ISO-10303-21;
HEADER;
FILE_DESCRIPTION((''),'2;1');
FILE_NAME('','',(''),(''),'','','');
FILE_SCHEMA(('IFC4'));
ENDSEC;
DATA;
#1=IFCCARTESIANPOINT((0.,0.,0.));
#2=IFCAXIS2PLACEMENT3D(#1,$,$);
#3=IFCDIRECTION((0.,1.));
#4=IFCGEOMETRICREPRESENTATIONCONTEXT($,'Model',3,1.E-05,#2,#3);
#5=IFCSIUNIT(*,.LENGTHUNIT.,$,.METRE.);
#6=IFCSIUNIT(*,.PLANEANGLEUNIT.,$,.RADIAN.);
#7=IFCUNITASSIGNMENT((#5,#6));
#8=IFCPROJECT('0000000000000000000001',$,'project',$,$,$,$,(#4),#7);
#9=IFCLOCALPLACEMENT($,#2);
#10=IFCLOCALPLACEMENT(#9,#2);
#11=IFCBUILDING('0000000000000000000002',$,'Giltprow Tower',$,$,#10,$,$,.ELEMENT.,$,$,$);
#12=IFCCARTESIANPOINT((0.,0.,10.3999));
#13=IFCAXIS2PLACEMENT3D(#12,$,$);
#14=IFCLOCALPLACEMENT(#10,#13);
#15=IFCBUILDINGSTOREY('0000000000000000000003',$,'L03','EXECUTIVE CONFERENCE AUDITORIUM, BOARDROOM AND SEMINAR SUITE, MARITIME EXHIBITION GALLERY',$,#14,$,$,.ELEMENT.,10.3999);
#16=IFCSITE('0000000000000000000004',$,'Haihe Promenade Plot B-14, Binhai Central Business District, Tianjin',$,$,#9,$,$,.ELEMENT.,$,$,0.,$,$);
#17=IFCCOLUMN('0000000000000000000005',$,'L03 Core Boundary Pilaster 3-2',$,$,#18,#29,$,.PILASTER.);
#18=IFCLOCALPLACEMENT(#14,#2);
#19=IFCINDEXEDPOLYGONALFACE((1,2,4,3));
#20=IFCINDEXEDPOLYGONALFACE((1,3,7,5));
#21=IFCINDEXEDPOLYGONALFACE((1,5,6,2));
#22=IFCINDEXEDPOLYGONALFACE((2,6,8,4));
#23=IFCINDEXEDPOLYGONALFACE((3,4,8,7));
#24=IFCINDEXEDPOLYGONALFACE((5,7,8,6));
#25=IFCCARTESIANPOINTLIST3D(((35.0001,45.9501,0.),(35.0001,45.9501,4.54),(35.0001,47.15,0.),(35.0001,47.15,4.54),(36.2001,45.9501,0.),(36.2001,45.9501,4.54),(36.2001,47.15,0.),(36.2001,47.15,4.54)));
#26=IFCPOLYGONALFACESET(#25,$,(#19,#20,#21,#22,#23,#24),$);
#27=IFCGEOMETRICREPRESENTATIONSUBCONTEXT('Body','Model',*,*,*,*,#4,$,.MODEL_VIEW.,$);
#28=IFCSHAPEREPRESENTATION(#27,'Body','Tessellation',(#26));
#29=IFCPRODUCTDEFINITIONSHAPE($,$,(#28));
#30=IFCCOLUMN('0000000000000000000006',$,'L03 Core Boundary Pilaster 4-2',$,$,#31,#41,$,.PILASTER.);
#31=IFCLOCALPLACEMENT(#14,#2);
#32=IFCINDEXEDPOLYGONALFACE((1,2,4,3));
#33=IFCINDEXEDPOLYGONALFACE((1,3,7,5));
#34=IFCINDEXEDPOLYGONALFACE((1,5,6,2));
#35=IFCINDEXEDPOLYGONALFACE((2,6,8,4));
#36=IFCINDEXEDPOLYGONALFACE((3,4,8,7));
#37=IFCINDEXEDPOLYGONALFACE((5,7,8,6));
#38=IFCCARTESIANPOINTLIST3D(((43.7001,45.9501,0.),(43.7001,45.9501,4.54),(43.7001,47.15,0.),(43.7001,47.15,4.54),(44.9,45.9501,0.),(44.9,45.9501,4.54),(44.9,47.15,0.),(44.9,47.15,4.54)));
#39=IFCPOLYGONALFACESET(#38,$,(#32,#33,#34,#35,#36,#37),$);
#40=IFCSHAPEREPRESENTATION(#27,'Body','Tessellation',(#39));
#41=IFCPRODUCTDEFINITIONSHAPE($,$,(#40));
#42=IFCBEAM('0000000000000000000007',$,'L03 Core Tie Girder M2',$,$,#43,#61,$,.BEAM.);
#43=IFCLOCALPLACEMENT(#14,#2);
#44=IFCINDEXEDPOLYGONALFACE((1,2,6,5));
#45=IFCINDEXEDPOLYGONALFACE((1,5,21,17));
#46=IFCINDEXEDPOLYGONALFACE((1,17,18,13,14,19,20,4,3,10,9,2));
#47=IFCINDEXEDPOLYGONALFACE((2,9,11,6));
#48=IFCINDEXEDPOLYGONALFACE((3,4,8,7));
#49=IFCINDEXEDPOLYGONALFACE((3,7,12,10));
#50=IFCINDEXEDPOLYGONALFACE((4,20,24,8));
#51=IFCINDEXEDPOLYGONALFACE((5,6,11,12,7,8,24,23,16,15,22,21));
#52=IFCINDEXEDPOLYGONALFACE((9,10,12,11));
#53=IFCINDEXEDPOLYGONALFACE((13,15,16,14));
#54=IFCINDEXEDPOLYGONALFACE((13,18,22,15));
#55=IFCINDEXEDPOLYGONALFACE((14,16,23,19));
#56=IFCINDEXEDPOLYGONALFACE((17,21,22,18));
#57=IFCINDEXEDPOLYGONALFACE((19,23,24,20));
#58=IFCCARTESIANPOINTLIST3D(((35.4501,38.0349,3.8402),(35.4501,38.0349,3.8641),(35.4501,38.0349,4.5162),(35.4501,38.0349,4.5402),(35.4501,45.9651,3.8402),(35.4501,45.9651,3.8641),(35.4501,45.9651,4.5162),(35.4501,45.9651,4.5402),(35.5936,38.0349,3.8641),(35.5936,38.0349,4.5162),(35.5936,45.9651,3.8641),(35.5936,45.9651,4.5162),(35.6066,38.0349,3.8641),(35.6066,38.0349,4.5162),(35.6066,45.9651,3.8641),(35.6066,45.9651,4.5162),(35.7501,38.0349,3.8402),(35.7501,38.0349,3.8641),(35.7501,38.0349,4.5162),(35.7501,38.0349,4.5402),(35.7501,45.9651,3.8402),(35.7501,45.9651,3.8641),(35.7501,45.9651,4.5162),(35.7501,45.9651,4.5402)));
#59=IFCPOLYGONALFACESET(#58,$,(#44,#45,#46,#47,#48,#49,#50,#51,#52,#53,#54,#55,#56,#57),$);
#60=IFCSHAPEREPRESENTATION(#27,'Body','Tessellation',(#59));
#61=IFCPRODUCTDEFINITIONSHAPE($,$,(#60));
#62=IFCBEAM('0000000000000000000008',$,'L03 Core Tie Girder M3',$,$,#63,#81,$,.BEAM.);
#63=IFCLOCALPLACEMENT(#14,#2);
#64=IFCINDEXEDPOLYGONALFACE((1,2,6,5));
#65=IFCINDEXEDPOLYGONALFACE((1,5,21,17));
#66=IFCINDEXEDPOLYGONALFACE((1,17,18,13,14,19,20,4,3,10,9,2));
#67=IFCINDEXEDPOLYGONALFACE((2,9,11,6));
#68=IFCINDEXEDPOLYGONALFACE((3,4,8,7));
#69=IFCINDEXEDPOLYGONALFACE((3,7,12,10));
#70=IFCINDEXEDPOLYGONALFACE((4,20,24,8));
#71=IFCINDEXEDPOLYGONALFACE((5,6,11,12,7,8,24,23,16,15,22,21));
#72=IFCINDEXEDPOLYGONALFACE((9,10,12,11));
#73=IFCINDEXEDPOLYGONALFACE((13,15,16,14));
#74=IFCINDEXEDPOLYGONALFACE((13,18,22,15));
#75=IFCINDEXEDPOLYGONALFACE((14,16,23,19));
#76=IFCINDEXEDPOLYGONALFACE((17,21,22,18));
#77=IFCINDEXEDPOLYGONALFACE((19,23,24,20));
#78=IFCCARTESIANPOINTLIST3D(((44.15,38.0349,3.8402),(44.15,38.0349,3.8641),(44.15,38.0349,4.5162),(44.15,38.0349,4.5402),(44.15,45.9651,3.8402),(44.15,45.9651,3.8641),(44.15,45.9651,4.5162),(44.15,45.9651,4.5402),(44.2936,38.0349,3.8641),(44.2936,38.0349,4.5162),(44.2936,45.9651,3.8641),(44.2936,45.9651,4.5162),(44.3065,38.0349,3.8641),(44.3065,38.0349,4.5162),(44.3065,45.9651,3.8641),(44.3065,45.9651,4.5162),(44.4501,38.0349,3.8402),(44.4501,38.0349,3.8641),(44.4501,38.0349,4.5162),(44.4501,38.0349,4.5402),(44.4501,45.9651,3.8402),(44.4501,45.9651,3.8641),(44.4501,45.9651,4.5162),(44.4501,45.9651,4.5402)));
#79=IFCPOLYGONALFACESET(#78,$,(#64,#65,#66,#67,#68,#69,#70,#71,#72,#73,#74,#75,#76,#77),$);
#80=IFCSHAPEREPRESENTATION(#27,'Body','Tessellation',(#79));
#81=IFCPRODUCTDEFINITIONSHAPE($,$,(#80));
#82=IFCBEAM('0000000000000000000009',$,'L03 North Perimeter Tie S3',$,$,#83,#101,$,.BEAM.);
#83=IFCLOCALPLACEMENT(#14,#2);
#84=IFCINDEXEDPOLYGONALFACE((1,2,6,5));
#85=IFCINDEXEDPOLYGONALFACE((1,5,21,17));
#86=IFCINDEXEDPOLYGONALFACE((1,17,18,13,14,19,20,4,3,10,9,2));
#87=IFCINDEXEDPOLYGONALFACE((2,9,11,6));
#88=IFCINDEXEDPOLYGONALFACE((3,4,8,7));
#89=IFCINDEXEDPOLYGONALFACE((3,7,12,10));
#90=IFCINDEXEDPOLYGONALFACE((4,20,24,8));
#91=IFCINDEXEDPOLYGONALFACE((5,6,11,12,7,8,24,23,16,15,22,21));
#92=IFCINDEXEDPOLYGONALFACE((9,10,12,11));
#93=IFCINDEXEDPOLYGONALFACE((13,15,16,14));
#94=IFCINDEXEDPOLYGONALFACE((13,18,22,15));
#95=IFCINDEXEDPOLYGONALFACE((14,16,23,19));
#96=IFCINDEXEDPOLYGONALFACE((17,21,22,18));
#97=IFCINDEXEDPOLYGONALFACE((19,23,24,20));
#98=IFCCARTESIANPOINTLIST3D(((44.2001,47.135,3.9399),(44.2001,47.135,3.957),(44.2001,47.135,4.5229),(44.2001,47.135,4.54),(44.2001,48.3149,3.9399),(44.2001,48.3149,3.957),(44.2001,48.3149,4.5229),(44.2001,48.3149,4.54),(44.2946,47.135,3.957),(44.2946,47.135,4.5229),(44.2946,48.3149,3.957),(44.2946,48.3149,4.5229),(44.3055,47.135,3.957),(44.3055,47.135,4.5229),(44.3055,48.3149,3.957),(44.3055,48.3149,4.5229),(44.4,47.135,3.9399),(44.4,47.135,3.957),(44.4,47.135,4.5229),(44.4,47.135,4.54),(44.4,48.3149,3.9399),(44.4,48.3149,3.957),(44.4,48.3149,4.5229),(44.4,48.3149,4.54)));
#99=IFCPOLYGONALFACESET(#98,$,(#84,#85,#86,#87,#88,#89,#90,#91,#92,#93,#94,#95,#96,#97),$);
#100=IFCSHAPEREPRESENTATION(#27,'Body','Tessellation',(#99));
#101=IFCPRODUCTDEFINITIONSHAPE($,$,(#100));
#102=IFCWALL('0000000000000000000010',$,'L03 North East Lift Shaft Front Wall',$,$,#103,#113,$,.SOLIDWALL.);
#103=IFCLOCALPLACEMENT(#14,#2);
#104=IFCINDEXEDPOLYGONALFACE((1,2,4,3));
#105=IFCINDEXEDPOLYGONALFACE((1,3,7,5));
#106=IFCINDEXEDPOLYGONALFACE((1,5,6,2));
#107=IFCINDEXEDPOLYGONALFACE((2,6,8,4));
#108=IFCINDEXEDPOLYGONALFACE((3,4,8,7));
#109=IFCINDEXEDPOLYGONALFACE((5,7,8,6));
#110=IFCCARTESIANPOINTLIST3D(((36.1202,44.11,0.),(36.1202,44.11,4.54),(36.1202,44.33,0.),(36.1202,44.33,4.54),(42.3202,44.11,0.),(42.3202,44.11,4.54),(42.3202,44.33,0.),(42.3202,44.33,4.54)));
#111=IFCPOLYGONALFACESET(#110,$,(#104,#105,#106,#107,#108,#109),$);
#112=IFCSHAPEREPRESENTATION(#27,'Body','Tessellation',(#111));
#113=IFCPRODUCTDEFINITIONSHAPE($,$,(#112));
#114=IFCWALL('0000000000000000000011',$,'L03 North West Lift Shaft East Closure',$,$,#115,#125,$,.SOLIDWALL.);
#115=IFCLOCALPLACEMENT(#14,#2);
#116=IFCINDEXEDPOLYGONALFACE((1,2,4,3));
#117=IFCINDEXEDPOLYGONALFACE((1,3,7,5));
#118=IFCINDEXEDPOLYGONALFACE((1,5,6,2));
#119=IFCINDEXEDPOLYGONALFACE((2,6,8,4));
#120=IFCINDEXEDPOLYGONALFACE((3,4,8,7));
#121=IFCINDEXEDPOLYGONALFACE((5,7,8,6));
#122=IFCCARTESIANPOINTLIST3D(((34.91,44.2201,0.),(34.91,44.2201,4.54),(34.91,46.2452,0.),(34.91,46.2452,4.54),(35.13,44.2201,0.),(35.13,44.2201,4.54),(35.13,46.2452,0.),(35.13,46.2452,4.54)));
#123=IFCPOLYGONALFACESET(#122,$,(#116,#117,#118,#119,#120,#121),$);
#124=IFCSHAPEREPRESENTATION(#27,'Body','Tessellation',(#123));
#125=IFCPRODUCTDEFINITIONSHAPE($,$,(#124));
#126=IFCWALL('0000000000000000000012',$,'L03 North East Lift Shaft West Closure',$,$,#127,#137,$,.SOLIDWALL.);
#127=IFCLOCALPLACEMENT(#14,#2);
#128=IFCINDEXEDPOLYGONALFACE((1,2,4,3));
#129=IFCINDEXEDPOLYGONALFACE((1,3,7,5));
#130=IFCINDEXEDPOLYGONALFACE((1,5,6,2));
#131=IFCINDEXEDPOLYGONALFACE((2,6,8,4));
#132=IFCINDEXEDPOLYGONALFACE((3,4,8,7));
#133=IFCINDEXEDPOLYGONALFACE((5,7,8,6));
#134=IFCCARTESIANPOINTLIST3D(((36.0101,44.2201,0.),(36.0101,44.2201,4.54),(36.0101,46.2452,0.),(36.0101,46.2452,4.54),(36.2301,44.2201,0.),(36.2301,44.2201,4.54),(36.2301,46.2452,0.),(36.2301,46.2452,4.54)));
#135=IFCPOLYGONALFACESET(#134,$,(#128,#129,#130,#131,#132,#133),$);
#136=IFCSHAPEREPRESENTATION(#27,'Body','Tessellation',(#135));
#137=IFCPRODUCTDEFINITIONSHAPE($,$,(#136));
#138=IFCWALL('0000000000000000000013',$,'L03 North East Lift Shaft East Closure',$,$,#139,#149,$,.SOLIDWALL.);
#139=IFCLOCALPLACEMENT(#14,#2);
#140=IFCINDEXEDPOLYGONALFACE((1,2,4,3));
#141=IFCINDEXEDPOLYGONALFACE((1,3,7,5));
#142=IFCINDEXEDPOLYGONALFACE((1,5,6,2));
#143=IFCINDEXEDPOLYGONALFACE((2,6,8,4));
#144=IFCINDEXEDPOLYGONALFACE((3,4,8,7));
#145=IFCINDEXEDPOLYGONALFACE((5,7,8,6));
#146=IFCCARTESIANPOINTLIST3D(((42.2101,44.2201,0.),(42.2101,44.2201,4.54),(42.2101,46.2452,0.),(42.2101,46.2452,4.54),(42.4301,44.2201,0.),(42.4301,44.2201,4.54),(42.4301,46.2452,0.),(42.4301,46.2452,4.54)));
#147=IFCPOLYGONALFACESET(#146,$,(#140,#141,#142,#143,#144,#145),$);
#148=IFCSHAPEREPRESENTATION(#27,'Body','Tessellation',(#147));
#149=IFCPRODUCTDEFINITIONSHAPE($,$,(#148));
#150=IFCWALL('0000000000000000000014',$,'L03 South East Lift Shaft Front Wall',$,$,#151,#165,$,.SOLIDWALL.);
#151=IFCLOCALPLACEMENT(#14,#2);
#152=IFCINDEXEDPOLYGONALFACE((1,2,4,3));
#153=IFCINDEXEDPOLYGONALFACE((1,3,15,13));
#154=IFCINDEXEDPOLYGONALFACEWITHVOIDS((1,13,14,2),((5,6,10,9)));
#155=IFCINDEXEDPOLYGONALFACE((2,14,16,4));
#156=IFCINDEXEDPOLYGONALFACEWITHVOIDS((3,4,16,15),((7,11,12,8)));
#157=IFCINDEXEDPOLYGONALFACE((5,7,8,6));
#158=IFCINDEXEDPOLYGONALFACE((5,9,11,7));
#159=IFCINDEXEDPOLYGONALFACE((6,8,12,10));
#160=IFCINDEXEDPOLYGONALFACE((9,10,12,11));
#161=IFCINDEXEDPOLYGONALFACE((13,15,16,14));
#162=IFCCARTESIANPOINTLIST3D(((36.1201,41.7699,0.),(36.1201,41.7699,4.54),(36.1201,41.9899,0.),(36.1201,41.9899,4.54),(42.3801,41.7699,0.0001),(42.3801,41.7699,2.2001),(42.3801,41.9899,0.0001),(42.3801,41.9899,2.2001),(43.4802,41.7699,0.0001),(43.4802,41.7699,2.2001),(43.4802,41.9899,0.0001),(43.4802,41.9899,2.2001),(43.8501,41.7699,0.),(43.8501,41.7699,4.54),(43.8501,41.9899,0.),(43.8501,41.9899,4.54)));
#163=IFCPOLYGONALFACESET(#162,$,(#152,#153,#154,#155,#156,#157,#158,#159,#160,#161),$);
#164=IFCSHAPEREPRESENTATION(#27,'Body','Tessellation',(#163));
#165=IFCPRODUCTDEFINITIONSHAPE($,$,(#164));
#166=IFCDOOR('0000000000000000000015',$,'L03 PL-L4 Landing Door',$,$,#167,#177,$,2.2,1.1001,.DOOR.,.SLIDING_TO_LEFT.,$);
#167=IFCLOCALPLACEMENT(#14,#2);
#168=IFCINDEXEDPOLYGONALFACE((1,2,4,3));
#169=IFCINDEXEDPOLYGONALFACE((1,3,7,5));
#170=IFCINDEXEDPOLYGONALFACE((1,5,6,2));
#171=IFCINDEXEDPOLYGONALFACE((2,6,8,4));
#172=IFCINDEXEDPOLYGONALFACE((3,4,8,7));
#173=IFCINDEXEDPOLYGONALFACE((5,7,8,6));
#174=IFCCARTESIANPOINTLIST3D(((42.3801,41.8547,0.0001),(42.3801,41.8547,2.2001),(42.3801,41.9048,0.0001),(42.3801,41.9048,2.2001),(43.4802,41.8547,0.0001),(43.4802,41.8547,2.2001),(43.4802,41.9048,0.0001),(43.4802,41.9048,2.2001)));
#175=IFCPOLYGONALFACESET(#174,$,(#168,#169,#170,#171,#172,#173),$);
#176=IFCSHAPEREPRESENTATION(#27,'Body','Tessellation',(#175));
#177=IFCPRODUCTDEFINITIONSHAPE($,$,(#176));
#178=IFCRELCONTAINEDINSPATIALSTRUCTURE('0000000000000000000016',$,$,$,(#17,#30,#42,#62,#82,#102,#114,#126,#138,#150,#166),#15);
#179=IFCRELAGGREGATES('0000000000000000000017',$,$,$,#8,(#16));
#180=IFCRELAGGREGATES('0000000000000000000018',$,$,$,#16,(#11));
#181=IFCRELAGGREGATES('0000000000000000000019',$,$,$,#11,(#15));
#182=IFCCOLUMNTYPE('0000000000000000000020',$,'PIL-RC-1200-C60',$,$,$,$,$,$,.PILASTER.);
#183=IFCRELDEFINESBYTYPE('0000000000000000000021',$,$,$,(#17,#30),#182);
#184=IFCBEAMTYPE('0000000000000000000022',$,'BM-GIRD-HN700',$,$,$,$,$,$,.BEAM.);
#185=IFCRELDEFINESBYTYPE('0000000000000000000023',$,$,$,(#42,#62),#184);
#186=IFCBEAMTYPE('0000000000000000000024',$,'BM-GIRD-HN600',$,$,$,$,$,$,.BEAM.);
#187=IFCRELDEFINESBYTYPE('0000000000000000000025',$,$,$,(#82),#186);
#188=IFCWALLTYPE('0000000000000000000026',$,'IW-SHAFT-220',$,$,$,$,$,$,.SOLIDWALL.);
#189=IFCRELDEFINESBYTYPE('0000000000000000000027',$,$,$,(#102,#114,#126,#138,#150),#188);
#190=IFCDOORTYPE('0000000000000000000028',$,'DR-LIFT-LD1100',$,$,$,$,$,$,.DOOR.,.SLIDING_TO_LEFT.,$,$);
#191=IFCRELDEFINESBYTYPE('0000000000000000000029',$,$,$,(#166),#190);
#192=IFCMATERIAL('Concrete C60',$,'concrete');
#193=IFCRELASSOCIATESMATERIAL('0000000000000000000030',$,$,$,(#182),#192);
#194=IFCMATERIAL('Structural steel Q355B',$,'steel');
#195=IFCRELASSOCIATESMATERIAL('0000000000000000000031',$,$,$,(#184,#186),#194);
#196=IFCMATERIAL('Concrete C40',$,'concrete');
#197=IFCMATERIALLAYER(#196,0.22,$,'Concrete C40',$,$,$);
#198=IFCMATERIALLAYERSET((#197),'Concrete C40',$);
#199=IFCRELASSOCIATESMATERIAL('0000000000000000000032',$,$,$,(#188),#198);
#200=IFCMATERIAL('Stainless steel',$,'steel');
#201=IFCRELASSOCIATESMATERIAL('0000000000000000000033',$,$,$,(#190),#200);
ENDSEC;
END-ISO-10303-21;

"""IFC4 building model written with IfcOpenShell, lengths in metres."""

from ifc_helpers import new_model, si_unit, direction, frame, frame_2d, origin, origin_2d, place, context, subcontext, project, spatial, rectangle, i_section, extrude, source, transform, mapped, material, layer, layer_set, material_profile, profile_set, type_object, element, fill, save


model = new_model("IFC4")

# Units and contexts
model_context = context("Model", 3, precision=1e-05, world=origin(), true_north=direction((0.0, 1.0)))
body_context = subcontext(model_context, "Body", "Model", "MODEL_VIEW")
ifc_project = project(units=[si_unit("LENGTHUNIT", "METRE"), si_unit("PLANEANGLEUNIT", "RADIAN")], contexts=[model_context])

# Site, building, storey
site_placement = place(None, origin())
site = spatial("IfcSite", under=ifc_project, at=site_placement, Name="Haihe Promenade Plot B-14, Binhai Central Business District, Tianjin", CompositionType="ELEMENT", RefElevation=0.0)
building_placement = place(site_placement, origin())
building = spatial("IfcBuilding", under=site, at=building_placement, Name="Giltprow Tower", CompositionType="ELEMENT")
storey_placement = place(building_placement, frame((0.0, 0.0, 10.3999)))
storey = spatial("IfcBuildingStorey", under=building, at=storey_placement, Name="L03", Description="EXECUTIVE CONFERENCE AUDITORIUM, BOARDROOM AND SEMINAR SUITE, MARITIME EXHIBITION GALLERY", CompositionType="ELEMENT", Elevation=10.3999)

# Columns
ifc_material_1 = material(Name="Concrete C60", Category="concrete")
ifc_material_profile_1 = material_profile(ifc_material_1, rectangle(XDim=1.2, YDim=1.2, at=origin_2d()), Name="RC 1200x1200")
ifc_profile_set_1 = profile_set([ifc_material_profile_1], Name="Concrete C60")
column_type = type_object("IfcColumnType", Name="PIL-RC-1200-C60", PredefinedType="PILASTER", material=ifc_profile_set_1)
shared_shape_1 = source(origin(), body_context, "Body", "SweptSolid", [
    extrude(rectangle(XDim=1.2, YDim=1.2, at=origin_2d()), origin(), (0.0, 0.0, 1.0), 4.54),
])
for number, where, z_axis, x_axis, name in (
    (1, (35.6001, 46.55, 0.0), (0.0, 0.0, 1.0), (1.0, 0.0, 0.0), "L03 Core Boundary Pilaster 3-2"),
    (2, (44.3, 46.55, 0.0), (0.0, 0.0, 1.0), (1.0, 0.0, 0.0), "L03 Core Boundary Pilaster 4-2"),
):
    element("IfcColumn", number, at=place(storey_placement, frame(where, z_axis=z_axis, x_axis=x_axis)), inside=storey, type_object=column_type, Name=name, PredefinedType="PILASTER", context=body_context, shape_type="MappedRepresentation", body=[
        mapped(shared_shape_1, transform((0.0, 0.0, 0.0), x_axis=(1.0, 0.0, 0.0), y_axis=(0.0, 1.0, 0.0), z_axis=(0.0, 0.0, 1.0), scale=1.0)),
    ])

# Beams
ifc_material_2 = material(Name="Structural steel Q355B", Category="steel")
ifc_material_profile_2 = material_profile(ifc_material_2, i_section(OverallWidth=0.3, OverallDepth=0.7, WebThickness=0.0129, FlangeThickness=0.0239, at=origin_2d()), Name="HN 700x300x13x24")
ifc_profile_set_2 = profile_set([ifc_material_profile_2], Name="Structural steel Q355B")
beam_type_1 = type_object("IfcBeamType", Name="BM-GIRD-HN700", PredefinedType="BEAM", material=ifc_profile_set_2)
shared_shape_2 = source(origin(), body_context, "Body", "SweptSolid", [
    extrude(i_section(OverallWidth=0.3, OverallDepth=0.7, WebThickness=0.0129, FlangeThickness=0.0239, at=origin_2d()), origin(), (0.0, 0.0, 1.0), 7.9302),
])
for number, where, z_axis, x_axis, name in (
    (3, (35.6001, 38.0349, 4.1902), (0.0, 1.0, 0.0), (-1.0, 0.0, 0.0), "L03 Core Tie Girder M2"),
    (4, (44.3, 38.0349, 4.1902), (0.0, 1.0, 0.0), (-1.0, 0.0, 0.0), "L03 Core Tie Girder M3"),
):
    element("IfcBeam", number, at=place(storey_placement, frame(where, z_axis=z_axis, x_axis=x_axis)), inside=storey, type_object=beam_type_1, Name=name, PredefinedType="BEAM", context=body_context, shape_type="MappedRepresentation", body=[
        mapped(shared_shape_2, transform((0.0, 0.0, 0.0), x_axis=(1.0, 0.0, 0.0), y_axis=(0.0, 1.0, 0.0), z_axis=(0.0, 0.0, 1.0), scale=1.0)),
    ])
ifc_material_profile_3 = material_profile(ifc_material_2, i_section(OverallWidth=0.2, OverallDepth=0.6001, WebThickness=0.011, FlangeThickness=0.0171, at=origin_2d()), Name="HN 600x200x11x17")
ifc_profile_set_3 = profile_set([ifc_material_profile_3], Name="Structural steel Q355B")
beam_type_2 = type_object("IfcBeamType", Name="BM-GIRD-HN600", PredefinedType="BEAM", material=ifc_profile_set_3)
shared_shape_3 = source(origin(), body_context, "Body", "SweptSolid", [
    extrude(i_section(OverallWidth=0.2, OverallDepth=0.6001, WebThickness=0.011, FlangeThickness=0.0171, at=origin_2d()), origin(), (0.0, 0.0, 1.0), 1.1799),
])
beam_placement = place(storey_placement, frame((44.3, 47.135, 4.24), z_axis=(0.0, 1.0, 0.0), x_axis=(-1.0, 0.0, 0.0)))
element("IfcBeam", 5, at=beam_placement, inside=storey, type_object=beam_type_2, Name="L03 North Perimeter Tie S3", PredefinedType="BEAM", context=body_context, shape_type="MappedRepresentation", body=[
    mapped(shared_shape_3, transform((0.0, 0.0, 0.0), x_axis=(1.0, 0.0, 0.0), y_axis=(0.0, 1.0, 0.0), z_axis=(0.0, 0.0, 1.0), scale=1.0)),
])

# Walls
ifc_material_3 = material(Name="Concrete C40", Category="concrete")
ifc_layer_1 = layer(ifc_material_3, 0.22, Name="Concrete C40")
ifc_layer_set_1 = layer_set([ifc_layer_1], Name="Concrete C40")
wall_type_1 = type_object("IfcWallType", Name="IW-SHAFT-220", PredefinedType="SOLIDWALL", material=ifc_layer_set_1)
wall_1_placement = place(storey_placement, frame((36.1201, 44.22, 0.0), z_axis=(0.0, 0.0, 1.0), x_axis=(1.0, 0.0, 0.0)))
element("IfcWall", 6, at=wall_1_placement, inside=storey, type_object=wall_type_1, Name="L03 North East Lift Shaft Front Wall", PredefinedType="SOLIDWALL", context=body_context, shape_type="SweptSolid", body=[
    extrude(rectangle(XDim=6.2, YDim=0.22, at=frame_2d((3.1001, 0.0))), origin(), (0.0, 0.0, 1.0), 4.54),
])
for number, where, z_axis, x_axis, name in (
    (7, (35.02, 44.22, 0.0), (0.0, 0.0, 1.0), (0.0, 1.0, 0.0), "L03 North West Lift Shaft East Closure"),
    (8, (36.1201, 44.22, 0.0), (0.0, 0.0, 1.0), (0.0, 1.0, 0.0), "L03 North East Lift Shaft West Closure"),
    (9, (42.3201, 44.22, 0.0), (0.0, 0.0, 1.0), (0.0, 1.0, 0.0), "L03 North East Lift Shaft East Closure"),
):
    element("IfcWall", number, at=place(storey_placement, frame(where, z_axis=z_axis, x_axis=x_axis)), inside=storey, type_object=wall_type_1, Name=name, PredefinedType="SOLIDWALL", context=body_context, shape_type="SweptSolid", body=[
        extrude(rectangle(XDim=2.0251, YDim=0.22, at=frame_2d((1.0127, 0.0))), origin(), (0.0, 0.0, 1.0), 4.54),
    ])

# Wall, opening, door
wall_2_placement = place(storey_placement, frame((36.1201, 41.8799, 0.0), z_axis=(0.0, 0.0, 1.0), x_axis=(1.0, 0.0, 0.0)))
wall_2 = element("IfcWall", 10, at=wall_2_placement, inside=storey, type_object=wall_type_1, Name="L03 South East Lift Shaft Front Wall", PredefinedType="SOLIDWALL", context=body_context, shape_type="SweptSolid", body=[
    extrude(rectangle(XDim=7.73, YDim=0.22, at=frame_2d((3.865, 0.0))), origin(), (0.0, 0.0, 1.0), 4.54),
])
opening_1_placement = place(wall_2_placement, frame((6.26, 0.0, 0.0)))
opening_1 = element("IfcOpeningElement", 11, at=opening_1_placement, cuts=wall_2, PredefinedType="OPENING", context=body_context, shape_type="SweptSolid", body=[
    extrude(rectangle(XDim=1.1001, YDim=2.2, at=frame_2d((0.55, 1.1001))), frame((0.0, 0.1199, 0.0), z_axis=(0.0, -1.0, 0.0), x_axis=(1.0, 0.0, 0.0)), (0.0, 0.0, 1.0), 0.24),
])
ifc_material_4 = material(Name="Stainless steel", Category="steel")
door_type_1 = type_object("IfcDoorType", Name="DR-LIFT-LD1100", OperationType="SLIDING_TO_LEFT", PredefinedType="DOOR", material=ifc_material_4)
shared_shape_4 = source(origin(), body_context, "Body", "SweptSolid", [
    extrude(rectangle(XDim=1.1001, YDim=2.2, at=frame_2d((0.55, 1.1001))), frame((0.0, 0.0249, 0.0), z_axis=(0.0, -1.0, 0.0), x_axis=(1.0, 0.0, 0.0)), (0.0, 0.0, 1.0), 0.05),
])
door_1_placement = place(opening_1_placement, origin())
door_1 = element("IfcDoor", 12, at=door_1_placement, inside=storey, type_object=door_type_1, Name="L03 PL-L4 Landing Door", OperationType="SLIDING_TO_LEFT", OverallHeight=2.2, OverallWidth=1.1001, PredefinedType="DOOR", context=body_context, shape_type="MappedRepresentation", body=[
    mapped(shared_shape_4, transform((0.0, 0.0, 0.0), x_axis=(1.0, 0.0, 0.0), y_axis=(0.0, 1.0, 0.0), z_axis=(0.0, 0.0, 1.0), scale=1.0)),
])
fill(opening_1, door_1)

save(model, "model.ifc")
